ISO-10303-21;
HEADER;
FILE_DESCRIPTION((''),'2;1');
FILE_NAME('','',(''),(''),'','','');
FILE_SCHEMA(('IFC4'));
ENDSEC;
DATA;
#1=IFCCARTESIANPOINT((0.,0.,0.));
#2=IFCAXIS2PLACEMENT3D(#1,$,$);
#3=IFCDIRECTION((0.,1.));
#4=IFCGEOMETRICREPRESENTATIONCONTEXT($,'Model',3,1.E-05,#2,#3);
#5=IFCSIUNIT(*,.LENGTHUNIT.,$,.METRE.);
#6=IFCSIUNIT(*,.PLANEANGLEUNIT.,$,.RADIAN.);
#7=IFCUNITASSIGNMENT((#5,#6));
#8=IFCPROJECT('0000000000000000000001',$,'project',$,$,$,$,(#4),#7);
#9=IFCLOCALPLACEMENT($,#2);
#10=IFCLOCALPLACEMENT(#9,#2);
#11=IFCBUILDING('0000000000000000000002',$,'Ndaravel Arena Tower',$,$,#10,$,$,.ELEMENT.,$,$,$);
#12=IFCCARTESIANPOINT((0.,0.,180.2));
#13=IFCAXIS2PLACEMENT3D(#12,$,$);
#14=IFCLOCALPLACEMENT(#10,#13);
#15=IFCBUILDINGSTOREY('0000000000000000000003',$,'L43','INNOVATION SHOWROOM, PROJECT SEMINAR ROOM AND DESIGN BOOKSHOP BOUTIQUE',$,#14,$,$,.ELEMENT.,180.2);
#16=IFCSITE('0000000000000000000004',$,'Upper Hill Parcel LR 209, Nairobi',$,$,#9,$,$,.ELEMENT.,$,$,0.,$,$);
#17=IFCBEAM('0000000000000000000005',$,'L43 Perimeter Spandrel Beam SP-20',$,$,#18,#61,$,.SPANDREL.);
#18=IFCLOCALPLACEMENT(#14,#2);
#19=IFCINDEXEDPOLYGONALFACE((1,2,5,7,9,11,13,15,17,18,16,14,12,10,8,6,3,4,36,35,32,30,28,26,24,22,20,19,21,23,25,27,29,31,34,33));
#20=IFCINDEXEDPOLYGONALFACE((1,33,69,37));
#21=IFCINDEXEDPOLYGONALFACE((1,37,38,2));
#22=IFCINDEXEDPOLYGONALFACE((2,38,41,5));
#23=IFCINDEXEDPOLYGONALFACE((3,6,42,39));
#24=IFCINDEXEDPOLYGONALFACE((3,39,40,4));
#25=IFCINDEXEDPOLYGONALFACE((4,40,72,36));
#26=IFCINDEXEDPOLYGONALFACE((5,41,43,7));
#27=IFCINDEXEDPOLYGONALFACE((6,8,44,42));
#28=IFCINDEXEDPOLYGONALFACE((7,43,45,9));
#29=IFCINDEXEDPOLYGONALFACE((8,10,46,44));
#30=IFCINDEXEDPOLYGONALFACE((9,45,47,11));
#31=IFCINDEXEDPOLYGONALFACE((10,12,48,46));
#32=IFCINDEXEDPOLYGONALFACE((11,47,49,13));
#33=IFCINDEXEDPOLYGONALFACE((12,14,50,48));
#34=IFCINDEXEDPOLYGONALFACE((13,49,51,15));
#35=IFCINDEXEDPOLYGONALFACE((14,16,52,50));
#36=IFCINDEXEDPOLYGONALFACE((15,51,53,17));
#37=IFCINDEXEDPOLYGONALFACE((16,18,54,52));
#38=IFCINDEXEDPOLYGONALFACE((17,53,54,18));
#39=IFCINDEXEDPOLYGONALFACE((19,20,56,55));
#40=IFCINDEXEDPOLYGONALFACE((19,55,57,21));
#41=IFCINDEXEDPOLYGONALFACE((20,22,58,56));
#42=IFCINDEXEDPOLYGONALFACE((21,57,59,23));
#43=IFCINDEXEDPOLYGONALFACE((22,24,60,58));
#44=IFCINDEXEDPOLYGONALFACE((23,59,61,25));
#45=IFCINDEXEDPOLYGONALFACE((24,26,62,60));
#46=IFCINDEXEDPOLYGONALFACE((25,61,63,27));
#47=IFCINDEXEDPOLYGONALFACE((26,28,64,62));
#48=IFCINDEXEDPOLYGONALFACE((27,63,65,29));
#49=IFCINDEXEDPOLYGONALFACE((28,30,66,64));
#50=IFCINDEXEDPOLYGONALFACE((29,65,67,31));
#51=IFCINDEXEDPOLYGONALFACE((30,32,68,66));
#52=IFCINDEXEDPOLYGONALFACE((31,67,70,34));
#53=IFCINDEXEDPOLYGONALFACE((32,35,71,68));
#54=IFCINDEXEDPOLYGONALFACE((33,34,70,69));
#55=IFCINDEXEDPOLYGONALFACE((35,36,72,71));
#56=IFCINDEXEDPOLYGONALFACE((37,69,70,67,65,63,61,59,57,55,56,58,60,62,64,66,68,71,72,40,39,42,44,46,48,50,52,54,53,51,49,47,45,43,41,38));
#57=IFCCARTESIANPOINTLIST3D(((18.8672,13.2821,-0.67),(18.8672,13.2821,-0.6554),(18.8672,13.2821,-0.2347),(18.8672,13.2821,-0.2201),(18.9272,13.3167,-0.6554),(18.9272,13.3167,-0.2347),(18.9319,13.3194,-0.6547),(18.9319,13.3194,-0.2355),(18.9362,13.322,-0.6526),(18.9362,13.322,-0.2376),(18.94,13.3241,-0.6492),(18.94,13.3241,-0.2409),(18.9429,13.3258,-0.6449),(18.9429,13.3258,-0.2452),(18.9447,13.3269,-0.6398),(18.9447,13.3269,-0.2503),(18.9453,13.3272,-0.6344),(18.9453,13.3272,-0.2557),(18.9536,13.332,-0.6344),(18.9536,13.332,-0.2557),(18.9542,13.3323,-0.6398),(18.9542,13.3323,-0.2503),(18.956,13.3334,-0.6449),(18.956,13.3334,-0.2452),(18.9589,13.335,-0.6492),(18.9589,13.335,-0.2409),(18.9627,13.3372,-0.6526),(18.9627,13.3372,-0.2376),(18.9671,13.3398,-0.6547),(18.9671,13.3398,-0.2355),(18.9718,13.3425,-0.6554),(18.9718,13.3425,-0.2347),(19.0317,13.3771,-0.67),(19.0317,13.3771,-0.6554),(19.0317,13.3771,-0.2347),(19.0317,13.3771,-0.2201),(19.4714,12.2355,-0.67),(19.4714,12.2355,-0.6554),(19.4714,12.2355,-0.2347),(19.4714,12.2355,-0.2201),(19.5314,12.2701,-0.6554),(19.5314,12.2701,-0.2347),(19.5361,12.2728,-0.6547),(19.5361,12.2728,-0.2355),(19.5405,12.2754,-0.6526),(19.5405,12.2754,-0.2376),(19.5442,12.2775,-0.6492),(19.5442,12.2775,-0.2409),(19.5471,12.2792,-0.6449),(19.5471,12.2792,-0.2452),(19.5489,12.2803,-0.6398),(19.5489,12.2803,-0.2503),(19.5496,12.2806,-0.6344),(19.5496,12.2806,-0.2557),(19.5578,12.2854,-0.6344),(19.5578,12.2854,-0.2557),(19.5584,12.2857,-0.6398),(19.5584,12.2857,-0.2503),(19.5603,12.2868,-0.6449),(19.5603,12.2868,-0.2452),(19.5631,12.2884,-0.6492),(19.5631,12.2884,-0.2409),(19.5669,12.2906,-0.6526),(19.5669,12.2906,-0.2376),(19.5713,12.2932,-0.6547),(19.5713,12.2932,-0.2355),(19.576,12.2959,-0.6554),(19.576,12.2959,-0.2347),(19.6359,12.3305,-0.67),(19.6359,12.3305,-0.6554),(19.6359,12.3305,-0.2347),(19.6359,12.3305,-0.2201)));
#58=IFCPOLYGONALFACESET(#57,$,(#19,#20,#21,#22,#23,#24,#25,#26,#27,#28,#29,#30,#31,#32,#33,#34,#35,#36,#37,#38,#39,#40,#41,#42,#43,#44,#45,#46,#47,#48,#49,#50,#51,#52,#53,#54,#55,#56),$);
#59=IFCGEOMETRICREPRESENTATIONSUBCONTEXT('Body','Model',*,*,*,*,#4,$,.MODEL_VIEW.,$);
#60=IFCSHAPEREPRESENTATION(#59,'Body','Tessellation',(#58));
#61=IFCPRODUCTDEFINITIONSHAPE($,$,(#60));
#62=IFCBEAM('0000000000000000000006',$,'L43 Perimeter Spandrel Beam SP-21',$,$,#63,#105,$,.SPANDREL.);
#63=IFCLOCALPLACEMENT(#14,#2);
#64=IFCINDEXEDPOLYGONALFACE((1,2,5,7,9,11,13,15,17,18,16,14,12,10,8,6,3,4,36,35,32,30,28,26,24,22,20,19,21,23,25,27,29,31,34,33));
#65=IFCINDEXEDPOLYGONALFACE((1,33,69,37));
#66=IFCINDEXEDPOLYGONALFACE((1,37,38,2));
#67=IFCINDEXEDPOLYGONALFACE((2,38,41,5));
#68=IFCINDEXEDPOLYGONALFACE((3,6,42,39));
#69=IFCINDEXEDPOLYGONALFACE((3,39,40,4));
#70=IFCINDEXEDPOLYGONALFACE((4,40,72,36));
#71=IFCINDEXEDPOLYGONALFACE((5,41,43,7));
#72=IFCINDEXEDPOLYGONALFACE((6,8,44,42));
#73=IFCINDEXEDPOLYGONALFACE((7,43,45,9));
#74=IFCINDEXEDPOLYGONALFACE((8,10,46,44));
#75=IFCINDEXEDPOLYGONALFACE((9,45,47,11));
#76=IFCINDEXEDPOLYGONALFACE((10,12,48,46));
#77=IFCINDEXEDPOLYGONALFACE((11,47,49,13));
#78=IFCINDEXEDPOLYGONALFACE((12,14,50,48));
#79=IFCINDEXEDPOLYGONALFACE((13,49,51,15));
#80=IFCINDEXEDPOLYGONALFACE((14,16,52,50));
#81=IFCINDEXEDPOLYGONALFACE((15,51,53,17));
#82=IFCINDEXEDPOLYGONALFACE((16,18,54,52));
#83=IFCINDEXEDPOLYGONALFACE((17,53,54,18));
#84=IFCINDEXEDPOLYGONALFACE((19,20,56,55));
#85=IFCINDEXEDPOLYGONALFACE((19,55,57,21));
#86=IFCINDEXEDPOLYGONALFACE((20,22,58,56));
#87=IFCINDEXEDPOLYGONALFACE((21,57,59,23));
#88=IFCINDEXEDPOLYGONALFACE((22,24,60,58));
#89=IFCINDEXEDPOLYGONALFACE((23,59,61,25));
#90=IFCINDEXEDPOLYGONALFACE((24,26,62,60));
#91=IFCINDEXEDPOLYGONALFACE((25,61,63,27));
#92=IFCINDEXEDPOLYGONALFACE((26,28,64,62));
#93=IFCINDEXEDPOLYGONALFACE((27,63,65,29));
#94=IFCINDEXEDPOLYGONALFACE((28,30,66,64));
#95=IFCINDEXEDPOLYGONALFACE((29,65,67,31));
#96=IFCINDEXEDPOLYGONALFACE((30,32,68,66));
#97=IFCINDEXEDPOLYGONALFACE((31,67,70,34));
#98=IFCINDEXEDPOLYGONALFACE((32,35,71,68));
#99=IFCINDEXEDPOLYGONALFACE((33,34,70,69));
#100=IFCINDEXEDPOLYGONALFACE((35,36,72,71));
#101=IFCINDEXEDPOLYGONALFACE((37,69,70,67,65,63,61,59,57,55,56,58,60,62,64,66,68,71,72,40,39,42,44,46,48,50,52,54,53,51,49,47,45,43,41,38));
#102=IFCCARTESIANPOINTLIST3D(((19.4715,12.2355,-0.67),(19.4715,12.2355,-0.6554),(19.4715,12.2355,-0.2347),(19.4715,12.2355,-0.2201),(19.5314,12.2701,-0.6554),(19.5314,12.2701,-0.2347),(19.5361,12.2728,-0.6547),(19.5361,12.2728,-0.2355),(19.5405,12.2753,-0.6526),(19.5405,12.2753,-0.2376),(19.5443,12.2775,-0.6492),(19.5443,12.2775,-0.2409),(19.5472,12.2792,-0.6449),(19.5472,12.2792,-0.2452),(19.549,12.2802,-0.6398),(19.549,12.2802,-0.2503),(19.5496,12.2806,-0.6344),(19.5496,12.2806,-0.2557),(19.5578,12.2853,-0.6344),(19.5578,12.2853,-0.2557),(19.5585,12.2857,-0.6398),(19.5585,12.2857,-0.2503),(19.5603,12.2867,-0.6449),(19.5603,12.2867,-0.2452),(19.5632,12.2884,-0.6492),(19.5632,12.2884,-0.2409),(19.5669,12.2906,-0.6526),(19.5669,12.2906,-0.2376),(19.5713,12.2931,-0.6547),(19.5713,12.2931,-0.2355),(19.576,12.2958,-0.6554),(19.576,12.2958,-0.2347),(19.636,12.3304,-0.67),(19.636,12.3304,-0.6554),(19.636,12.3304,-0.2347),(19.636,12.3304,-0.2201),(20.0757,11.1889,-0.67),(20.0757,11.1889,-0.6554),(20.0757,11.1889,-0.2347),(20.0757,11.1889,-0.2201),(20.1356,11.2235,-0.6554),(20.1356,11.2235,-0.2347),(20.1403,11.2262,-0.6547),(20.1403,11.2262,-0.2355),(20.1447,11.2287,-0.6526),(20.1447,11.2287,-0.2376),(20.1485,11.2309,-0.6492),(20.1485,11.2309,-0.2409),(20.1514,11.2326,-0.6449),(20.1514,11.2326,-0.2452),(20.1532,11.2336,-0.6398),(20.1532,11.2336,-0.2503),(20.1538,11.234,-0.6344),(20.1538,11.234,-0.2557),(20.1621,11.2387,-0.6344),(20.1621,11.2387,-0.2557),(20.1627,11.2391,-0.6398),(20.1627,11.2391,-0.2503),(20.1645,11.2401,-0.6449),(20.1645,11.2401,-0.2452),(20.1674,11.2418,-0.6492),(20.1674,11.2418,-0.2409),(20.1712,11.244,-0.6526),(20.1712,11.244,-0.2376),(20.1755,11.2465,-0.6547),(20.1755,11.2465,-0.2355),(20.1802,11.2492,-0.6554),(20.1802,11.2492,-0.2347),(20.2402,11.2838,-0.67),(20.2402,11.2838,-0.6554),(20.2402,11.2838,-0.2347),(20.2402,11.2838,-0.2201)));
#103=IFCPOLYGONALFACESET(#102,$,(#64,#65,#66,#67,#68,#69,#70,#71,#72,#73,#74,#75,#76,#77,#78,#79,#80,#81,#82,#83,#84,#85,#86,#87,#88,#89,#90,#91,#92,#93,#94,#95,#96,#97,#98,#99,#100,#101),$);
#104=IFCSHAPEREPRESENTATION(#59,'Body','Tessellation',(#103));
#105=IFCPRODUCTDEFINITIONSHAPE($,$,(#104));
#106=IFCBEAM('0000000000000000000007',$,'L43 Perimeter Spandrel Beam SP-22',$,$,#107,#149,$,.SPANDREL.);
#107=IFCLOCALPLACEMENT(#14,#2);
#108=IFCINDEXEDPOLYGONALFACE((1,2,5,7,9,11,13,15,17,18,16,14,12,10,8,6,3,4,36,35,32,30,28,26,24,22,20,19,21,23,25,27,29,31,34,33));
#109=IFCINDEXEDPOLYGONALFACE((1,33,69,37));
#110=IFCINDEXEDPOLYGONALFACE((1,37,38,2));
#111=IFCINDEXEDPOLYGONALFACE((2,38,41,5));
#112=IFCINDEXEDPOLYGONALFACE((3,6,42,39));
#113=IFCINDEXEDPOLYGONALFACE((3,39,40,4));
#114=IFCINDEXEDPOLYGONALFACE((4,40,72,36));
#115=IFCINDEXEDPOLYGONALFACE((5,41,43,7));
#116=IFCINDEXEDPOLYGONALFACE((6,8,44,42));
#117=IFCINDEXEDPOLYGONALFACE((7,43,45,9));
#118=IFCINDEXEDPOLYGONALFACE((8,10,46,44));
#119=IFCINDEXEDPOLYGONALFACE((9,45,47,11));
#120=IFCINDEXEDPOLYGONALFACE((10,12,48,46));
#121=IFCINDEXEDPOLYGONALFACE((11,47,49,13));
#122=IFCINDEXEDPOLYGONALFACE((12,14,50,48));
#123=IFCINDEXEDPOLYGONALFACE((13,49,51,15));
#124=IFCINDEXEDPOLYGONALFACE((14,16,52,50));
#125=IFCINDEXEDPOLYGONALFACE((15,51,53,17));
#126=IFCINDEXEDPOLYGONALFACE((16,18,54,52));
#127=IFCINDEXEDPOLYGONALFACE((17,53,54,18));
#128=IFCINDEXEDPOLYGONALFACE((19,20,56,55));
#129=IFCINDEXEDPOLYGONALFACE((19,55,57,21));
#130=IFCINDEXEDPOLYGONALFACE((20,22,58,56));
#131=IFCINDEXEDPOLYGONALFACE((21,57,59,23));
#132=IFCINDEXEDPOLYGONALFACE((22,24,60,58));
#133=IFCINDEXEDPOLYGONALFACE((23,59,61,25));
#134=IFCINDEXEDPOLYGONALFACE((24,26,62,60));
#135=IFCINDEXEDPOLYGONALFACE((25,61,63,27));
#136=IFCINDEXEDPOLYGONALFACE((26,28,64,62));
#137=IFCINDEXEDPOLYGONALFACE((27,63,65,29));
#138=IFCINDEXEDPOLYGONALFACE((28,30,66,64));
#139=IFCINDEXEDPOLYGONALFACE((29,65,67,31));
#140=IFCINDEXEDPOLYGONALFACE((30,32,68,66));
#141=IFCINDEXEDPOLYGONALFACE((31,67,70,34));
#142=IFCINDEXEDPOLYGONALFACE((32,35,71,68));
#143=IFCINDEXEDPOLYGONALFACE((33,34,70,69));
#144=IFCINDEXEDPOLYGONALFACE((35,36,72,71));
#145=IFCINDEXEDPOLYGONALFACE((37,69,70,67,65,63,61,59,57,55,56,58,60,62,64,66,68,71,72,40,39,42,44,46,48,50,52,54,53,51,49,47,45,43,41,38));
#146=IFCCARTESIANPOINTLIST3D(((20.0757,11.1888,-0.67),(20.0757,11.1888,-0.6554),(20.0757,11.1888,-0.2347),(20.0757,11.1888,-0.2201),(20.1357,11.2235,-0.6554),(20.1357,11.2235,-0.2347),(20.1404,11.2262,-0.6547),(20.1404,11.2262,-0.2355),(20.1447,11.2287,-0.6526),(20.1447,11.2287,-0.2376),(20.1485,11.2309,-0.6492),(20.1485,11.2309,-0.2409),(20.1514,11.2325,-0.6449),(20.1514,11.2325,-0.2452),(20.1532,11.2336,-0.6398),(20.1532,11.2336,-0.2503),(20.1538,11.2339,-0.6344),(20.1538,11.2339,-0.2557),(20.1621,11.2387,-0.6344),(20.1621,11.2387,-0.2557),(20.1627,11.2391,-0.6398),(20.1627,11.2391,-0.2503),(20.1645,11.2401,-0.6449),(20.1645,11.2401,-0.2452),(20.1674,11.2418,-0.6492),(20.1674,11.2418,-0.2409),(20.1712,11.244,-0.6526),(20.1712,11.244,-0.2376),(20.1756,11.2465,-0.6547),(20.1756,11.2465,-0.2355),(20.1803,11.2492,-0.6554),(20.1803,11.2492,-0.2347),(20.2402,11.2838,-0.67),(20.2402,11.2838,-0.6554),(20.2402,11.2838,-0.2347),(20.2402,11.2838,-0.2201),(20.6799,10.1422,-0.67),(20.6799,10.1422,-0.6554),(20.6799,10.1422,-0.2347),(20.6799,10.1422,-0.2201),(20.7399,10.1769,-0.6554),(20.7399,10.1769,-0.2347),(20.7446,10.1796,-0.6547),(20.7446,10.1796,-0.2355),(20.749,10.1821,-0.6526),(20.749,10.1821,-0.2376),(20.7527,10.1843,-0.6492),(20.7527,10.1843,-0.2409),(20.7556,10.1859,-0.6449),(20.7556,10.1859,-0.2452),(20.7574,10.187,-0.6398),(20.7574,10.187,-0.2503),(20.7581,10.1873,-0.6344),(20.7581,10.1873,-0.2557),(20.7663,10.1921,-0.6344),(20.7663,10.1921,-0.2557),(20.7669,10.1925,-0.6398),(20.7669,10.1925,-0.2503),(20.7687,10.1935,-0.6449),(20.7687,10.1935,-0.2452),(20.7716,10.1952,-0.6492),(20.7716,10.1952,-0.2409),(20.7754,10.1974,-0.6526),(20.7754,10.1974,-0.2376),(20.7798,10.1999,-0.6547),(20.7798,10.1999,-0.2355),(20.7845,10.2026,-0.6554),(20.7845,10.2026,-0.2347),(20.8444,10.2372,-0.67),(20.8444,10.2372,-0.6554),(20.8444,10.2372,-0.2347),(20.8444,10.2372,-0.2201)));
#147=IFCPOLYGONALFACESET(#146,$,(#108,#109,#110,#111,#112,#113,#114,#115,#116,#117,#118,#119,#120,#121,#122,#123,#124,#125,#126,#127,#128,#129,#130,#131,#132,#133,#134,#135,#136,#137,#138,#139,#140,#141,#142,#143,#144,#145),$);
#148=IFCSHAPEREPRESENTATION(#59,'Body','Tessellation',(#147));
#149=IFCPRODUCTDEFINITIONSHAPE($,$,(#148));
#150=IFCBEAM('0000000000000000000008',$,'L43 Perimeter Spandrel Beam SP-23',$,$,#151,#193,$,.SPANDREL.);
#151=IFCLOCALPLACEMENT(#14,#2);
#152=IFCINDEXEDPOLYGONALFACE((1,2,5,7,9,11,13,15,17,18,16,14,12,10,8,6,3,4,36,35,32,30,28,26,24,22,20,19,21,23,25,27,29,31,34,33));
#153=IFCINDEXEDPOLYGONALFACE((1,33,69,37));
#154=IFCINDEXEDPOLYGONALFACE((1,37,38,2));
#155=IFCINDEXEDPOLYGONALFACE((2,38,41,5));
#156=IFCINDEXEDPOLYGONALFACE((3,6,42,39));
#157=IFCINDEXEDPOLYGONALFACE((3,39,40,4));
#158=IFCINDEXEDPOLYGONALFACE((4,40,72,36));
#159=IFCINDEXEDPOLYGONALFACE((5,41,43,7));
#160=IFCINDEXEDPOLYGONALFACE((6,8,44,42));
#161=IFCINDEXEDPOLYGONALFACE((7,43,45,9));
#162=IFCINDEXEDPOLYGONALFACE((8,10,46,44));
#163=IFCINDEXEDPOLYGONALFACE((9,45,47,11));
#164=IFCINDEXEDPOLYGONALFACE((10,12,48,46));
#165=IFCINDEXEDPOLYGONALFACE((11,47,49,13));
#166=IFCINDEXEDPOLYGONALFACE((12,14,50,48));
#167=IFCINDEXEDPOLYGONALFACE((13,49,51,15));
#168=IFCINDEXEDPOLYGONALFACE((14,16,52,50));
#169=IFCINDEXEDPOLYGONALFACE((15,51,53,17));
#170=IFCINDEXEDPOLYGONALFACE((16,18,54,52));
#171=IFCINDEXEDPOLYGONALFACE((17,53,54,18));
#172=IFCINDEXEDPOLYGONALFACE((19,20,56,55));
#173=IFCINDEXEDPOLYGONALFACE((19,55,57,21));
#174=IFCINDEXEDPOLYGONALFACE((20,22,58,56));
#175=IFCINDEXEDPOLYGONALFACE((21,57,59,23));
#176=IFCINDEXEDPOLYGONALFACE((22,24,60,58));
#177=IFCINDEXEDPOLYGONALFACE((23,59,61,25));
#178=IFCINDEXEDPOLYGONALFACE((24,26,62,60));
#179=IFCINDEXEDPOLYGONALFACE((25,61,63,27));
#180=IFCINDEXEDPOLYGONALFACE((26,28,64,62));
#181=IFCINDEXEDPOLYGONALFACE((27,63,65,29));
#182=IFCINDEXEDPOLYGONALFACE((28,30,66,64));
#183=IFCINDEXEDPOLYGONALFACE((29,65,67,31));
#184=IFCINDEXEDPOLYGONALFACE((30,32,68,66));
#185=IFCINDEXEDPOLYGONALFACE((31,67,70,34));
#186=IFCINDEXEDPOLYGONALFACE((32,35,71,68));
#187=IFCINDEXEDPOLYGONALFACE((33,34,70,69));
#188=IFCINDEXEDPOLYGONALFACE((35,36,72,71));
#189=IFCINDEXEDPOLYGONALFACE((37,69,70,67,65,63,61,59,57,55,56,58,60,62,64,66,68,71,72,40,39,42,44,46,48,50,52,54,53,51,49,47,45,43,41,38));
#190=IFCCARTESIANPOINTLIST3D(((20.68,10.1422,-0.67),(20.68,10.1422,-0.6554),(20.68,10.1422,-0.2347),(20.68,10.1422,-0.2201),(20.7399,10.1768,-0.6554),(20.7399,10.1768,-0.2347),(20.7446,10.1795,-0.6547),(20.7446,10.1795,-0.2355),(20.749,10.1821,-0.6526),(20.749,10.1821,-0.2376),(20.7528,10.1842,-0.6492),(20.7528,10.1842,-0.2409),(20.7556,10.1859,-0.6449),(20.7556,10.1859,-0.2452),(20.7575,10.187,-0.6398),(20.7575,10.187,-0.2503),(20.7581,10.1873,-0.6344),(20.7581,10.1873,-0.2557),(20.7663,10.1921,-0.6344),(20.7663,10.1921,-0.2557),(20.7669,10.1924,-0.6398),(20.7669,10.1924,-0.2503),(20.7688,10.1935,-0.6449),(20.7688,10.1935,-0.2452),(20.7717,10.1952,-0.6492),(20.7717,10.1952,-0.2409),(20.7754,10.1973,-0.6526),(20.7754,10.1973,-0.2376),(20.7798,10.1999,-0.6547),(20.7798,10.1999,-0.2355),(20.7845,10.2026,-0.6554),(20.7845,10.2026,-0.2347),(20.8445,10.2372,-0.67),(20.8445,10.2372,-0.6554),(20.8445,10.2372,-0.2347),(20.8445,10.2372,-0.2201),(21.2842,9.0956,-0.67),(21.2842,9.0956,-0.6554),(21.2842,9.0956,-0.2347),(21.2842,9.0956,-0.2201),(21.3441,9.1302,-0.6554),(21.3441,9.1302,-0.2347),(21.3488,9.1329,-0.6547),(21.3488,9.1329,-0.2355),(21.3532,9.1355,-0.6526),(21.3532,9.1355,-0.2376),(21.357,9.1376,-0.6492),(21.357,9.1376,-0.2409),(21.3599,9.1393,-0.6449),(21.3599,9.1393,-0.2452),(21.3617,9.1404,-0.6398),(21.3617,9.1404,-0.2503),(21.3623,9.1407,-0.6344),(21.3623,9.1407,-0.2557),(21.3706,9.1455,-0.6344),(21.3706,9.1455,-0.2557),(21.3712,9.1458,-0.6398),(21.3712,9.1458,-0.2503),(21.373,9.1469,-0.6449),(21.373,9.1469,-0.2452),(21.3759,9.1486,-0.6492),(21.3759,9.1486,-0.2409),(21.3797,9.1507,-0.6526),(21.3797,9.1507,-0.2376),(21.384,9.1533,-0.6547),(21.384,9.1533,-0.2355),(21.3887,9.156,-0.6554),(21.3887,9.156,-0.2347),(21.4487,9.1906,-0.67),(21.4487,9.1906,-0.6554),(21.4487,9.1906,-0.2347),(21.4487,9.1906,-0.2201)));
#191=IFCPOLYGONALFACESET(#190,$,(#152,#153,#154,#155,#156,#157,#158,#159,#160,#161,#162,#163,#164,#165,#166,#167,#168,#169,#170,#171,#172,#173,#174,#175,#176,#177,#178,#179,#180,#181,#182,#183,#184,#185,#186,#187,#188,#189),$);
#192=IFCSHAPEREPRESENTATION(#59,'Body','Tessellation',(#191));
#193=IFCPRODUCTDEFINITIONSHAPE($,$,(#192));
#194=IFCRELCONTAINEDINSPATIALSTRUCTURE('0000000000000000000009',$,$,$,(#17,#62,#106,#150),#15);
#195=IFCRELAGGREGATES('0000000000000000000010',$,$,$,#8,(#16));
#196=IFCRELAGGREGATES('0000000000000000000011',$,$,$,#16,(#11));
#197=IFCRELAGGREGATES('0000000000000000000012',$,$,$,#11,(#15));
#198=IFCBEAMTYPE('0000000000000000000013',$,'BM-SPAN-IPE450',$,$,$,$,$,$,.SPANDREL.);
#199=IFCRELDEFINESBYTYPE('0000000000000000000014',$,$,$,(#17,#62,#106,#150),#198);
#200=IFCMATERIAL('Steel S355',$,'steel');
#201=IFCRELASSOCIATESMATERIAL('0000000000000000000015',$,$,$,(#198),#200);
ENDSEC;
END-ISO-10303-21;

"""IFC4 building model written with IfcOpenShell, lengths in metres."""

from ifc_helpers import new_model, si_unit, direction, frame, origin, origin_2d, place, context, subcontext, project, spatial, i_section, extrude, material, material_profile, profile_set, type_object, element, save


model = new_model("IFC4")

# Units and contexts
model_context = context("Model", 3, precision=1e-05, world=origin(), true_north=direction((0.0, 1.0)))
body_context = subcontext(model_context, "Body", "Model", "MODEL_VIEW")
ifc_project = project(units=[si_unit("LENGTHUNIT", "METRE"), si_unit("PLANEANGLEUNIT", "RADIAN")], contexts=[model_context])

# Site, building, storey
site_placement = place(None, origin())
site = spatial("IfcSite", under=ifc_project, at=site_placement, Name="Upper Hill Parcel LR 209, Nairobi", CompositionType="ELEMENT", RefElevation=0.0)
building_placement = place(site_placement, origin())
building = spatial("IfcBuilding", under=site, at=building_placement, Name="Ndaravel Arena Tower", CompositionType="ELEMENT")
storey_placement = place(building_placement, frame((0.0, 0.0, 180.2)))
storey = spatial("IfcBuildingStorey", under=building, at=storey_placement, Name="L43", Description="INNOVATION SHOWROOM, PROJECT SEMINAR ROOM AND DESIGN BOOKSHOP BOUTIQUE", CompositionType="ELEMENT", Elevation=180.2)

# Beams
ifc_material_1 = material(Name="Steel S355", Category="steel")
ifc_material_profile_1 = material_profile(ifc_material_1, i_section(OverallWidth=0.1899, OverallDepth=0.45, WebThickness=0.0095, FlangeThickness=0.0146, FilletRadius=0.021, at=origin_2d()), Name="IPE 450")
ifc_profile_set_1 = profile_set([ifc_material_profile_1], Name="Steel S355")
beam_type = type_object("IfcBeamType", Name="BM-SPAN-IPE450", PredefinedType="SPANDREL", material=ifc_profile_set_1)
for number, where, z_axis, x_axis, name in (
    (1, (18.9495, 13.3296, -0.4451), (0.499985, -0.866034, 0.0), (0.866034, 0.499985, 0.0), "L43 Perimeter Spandrel Beam SP-20"),
    (2, (19.5537, 12.283, -0.4451), (0.499985, -0.866034, 0.0), (0.866034, 0.499985, 0.0), "L43 Perimeter Spandrel Beam SP-21"),
    (3, (20.158, 11.2363, -0.4451), (0.499985, -0.866034, 0.0), (0.866034, 0.499985, 0.0), "L43 Perimeter Spandrel Beam SP-22"),
    (4, (20.7622, 10.1897, -0.4451), (0.499985, -0.866034, 0.0), (0.866034, 0.499985, 0.0), "L43 Perimeter Spandrel Beam SP-23"),
):
    element("IfcBeam", number, at=place(storey_placement, frame(where, z_axis=z_axis, x_axis=x_axis)), inside=storey, type_object=beam_type, Name=name, PredefinedType="SPANDREL", context=body_context, shape_type="SweptSolid", body=[
        extrude(i_section(OverallWidth=0.1899, OverallDepth=0.45, WebThickness=0.0095, FlangeThickness=0.0146, FilletRadius=0.021, at=origin_2d()), origin(), (0.0, 0.0, 1.0), 1.2085),
    ])

save(model, "model.ifc")
